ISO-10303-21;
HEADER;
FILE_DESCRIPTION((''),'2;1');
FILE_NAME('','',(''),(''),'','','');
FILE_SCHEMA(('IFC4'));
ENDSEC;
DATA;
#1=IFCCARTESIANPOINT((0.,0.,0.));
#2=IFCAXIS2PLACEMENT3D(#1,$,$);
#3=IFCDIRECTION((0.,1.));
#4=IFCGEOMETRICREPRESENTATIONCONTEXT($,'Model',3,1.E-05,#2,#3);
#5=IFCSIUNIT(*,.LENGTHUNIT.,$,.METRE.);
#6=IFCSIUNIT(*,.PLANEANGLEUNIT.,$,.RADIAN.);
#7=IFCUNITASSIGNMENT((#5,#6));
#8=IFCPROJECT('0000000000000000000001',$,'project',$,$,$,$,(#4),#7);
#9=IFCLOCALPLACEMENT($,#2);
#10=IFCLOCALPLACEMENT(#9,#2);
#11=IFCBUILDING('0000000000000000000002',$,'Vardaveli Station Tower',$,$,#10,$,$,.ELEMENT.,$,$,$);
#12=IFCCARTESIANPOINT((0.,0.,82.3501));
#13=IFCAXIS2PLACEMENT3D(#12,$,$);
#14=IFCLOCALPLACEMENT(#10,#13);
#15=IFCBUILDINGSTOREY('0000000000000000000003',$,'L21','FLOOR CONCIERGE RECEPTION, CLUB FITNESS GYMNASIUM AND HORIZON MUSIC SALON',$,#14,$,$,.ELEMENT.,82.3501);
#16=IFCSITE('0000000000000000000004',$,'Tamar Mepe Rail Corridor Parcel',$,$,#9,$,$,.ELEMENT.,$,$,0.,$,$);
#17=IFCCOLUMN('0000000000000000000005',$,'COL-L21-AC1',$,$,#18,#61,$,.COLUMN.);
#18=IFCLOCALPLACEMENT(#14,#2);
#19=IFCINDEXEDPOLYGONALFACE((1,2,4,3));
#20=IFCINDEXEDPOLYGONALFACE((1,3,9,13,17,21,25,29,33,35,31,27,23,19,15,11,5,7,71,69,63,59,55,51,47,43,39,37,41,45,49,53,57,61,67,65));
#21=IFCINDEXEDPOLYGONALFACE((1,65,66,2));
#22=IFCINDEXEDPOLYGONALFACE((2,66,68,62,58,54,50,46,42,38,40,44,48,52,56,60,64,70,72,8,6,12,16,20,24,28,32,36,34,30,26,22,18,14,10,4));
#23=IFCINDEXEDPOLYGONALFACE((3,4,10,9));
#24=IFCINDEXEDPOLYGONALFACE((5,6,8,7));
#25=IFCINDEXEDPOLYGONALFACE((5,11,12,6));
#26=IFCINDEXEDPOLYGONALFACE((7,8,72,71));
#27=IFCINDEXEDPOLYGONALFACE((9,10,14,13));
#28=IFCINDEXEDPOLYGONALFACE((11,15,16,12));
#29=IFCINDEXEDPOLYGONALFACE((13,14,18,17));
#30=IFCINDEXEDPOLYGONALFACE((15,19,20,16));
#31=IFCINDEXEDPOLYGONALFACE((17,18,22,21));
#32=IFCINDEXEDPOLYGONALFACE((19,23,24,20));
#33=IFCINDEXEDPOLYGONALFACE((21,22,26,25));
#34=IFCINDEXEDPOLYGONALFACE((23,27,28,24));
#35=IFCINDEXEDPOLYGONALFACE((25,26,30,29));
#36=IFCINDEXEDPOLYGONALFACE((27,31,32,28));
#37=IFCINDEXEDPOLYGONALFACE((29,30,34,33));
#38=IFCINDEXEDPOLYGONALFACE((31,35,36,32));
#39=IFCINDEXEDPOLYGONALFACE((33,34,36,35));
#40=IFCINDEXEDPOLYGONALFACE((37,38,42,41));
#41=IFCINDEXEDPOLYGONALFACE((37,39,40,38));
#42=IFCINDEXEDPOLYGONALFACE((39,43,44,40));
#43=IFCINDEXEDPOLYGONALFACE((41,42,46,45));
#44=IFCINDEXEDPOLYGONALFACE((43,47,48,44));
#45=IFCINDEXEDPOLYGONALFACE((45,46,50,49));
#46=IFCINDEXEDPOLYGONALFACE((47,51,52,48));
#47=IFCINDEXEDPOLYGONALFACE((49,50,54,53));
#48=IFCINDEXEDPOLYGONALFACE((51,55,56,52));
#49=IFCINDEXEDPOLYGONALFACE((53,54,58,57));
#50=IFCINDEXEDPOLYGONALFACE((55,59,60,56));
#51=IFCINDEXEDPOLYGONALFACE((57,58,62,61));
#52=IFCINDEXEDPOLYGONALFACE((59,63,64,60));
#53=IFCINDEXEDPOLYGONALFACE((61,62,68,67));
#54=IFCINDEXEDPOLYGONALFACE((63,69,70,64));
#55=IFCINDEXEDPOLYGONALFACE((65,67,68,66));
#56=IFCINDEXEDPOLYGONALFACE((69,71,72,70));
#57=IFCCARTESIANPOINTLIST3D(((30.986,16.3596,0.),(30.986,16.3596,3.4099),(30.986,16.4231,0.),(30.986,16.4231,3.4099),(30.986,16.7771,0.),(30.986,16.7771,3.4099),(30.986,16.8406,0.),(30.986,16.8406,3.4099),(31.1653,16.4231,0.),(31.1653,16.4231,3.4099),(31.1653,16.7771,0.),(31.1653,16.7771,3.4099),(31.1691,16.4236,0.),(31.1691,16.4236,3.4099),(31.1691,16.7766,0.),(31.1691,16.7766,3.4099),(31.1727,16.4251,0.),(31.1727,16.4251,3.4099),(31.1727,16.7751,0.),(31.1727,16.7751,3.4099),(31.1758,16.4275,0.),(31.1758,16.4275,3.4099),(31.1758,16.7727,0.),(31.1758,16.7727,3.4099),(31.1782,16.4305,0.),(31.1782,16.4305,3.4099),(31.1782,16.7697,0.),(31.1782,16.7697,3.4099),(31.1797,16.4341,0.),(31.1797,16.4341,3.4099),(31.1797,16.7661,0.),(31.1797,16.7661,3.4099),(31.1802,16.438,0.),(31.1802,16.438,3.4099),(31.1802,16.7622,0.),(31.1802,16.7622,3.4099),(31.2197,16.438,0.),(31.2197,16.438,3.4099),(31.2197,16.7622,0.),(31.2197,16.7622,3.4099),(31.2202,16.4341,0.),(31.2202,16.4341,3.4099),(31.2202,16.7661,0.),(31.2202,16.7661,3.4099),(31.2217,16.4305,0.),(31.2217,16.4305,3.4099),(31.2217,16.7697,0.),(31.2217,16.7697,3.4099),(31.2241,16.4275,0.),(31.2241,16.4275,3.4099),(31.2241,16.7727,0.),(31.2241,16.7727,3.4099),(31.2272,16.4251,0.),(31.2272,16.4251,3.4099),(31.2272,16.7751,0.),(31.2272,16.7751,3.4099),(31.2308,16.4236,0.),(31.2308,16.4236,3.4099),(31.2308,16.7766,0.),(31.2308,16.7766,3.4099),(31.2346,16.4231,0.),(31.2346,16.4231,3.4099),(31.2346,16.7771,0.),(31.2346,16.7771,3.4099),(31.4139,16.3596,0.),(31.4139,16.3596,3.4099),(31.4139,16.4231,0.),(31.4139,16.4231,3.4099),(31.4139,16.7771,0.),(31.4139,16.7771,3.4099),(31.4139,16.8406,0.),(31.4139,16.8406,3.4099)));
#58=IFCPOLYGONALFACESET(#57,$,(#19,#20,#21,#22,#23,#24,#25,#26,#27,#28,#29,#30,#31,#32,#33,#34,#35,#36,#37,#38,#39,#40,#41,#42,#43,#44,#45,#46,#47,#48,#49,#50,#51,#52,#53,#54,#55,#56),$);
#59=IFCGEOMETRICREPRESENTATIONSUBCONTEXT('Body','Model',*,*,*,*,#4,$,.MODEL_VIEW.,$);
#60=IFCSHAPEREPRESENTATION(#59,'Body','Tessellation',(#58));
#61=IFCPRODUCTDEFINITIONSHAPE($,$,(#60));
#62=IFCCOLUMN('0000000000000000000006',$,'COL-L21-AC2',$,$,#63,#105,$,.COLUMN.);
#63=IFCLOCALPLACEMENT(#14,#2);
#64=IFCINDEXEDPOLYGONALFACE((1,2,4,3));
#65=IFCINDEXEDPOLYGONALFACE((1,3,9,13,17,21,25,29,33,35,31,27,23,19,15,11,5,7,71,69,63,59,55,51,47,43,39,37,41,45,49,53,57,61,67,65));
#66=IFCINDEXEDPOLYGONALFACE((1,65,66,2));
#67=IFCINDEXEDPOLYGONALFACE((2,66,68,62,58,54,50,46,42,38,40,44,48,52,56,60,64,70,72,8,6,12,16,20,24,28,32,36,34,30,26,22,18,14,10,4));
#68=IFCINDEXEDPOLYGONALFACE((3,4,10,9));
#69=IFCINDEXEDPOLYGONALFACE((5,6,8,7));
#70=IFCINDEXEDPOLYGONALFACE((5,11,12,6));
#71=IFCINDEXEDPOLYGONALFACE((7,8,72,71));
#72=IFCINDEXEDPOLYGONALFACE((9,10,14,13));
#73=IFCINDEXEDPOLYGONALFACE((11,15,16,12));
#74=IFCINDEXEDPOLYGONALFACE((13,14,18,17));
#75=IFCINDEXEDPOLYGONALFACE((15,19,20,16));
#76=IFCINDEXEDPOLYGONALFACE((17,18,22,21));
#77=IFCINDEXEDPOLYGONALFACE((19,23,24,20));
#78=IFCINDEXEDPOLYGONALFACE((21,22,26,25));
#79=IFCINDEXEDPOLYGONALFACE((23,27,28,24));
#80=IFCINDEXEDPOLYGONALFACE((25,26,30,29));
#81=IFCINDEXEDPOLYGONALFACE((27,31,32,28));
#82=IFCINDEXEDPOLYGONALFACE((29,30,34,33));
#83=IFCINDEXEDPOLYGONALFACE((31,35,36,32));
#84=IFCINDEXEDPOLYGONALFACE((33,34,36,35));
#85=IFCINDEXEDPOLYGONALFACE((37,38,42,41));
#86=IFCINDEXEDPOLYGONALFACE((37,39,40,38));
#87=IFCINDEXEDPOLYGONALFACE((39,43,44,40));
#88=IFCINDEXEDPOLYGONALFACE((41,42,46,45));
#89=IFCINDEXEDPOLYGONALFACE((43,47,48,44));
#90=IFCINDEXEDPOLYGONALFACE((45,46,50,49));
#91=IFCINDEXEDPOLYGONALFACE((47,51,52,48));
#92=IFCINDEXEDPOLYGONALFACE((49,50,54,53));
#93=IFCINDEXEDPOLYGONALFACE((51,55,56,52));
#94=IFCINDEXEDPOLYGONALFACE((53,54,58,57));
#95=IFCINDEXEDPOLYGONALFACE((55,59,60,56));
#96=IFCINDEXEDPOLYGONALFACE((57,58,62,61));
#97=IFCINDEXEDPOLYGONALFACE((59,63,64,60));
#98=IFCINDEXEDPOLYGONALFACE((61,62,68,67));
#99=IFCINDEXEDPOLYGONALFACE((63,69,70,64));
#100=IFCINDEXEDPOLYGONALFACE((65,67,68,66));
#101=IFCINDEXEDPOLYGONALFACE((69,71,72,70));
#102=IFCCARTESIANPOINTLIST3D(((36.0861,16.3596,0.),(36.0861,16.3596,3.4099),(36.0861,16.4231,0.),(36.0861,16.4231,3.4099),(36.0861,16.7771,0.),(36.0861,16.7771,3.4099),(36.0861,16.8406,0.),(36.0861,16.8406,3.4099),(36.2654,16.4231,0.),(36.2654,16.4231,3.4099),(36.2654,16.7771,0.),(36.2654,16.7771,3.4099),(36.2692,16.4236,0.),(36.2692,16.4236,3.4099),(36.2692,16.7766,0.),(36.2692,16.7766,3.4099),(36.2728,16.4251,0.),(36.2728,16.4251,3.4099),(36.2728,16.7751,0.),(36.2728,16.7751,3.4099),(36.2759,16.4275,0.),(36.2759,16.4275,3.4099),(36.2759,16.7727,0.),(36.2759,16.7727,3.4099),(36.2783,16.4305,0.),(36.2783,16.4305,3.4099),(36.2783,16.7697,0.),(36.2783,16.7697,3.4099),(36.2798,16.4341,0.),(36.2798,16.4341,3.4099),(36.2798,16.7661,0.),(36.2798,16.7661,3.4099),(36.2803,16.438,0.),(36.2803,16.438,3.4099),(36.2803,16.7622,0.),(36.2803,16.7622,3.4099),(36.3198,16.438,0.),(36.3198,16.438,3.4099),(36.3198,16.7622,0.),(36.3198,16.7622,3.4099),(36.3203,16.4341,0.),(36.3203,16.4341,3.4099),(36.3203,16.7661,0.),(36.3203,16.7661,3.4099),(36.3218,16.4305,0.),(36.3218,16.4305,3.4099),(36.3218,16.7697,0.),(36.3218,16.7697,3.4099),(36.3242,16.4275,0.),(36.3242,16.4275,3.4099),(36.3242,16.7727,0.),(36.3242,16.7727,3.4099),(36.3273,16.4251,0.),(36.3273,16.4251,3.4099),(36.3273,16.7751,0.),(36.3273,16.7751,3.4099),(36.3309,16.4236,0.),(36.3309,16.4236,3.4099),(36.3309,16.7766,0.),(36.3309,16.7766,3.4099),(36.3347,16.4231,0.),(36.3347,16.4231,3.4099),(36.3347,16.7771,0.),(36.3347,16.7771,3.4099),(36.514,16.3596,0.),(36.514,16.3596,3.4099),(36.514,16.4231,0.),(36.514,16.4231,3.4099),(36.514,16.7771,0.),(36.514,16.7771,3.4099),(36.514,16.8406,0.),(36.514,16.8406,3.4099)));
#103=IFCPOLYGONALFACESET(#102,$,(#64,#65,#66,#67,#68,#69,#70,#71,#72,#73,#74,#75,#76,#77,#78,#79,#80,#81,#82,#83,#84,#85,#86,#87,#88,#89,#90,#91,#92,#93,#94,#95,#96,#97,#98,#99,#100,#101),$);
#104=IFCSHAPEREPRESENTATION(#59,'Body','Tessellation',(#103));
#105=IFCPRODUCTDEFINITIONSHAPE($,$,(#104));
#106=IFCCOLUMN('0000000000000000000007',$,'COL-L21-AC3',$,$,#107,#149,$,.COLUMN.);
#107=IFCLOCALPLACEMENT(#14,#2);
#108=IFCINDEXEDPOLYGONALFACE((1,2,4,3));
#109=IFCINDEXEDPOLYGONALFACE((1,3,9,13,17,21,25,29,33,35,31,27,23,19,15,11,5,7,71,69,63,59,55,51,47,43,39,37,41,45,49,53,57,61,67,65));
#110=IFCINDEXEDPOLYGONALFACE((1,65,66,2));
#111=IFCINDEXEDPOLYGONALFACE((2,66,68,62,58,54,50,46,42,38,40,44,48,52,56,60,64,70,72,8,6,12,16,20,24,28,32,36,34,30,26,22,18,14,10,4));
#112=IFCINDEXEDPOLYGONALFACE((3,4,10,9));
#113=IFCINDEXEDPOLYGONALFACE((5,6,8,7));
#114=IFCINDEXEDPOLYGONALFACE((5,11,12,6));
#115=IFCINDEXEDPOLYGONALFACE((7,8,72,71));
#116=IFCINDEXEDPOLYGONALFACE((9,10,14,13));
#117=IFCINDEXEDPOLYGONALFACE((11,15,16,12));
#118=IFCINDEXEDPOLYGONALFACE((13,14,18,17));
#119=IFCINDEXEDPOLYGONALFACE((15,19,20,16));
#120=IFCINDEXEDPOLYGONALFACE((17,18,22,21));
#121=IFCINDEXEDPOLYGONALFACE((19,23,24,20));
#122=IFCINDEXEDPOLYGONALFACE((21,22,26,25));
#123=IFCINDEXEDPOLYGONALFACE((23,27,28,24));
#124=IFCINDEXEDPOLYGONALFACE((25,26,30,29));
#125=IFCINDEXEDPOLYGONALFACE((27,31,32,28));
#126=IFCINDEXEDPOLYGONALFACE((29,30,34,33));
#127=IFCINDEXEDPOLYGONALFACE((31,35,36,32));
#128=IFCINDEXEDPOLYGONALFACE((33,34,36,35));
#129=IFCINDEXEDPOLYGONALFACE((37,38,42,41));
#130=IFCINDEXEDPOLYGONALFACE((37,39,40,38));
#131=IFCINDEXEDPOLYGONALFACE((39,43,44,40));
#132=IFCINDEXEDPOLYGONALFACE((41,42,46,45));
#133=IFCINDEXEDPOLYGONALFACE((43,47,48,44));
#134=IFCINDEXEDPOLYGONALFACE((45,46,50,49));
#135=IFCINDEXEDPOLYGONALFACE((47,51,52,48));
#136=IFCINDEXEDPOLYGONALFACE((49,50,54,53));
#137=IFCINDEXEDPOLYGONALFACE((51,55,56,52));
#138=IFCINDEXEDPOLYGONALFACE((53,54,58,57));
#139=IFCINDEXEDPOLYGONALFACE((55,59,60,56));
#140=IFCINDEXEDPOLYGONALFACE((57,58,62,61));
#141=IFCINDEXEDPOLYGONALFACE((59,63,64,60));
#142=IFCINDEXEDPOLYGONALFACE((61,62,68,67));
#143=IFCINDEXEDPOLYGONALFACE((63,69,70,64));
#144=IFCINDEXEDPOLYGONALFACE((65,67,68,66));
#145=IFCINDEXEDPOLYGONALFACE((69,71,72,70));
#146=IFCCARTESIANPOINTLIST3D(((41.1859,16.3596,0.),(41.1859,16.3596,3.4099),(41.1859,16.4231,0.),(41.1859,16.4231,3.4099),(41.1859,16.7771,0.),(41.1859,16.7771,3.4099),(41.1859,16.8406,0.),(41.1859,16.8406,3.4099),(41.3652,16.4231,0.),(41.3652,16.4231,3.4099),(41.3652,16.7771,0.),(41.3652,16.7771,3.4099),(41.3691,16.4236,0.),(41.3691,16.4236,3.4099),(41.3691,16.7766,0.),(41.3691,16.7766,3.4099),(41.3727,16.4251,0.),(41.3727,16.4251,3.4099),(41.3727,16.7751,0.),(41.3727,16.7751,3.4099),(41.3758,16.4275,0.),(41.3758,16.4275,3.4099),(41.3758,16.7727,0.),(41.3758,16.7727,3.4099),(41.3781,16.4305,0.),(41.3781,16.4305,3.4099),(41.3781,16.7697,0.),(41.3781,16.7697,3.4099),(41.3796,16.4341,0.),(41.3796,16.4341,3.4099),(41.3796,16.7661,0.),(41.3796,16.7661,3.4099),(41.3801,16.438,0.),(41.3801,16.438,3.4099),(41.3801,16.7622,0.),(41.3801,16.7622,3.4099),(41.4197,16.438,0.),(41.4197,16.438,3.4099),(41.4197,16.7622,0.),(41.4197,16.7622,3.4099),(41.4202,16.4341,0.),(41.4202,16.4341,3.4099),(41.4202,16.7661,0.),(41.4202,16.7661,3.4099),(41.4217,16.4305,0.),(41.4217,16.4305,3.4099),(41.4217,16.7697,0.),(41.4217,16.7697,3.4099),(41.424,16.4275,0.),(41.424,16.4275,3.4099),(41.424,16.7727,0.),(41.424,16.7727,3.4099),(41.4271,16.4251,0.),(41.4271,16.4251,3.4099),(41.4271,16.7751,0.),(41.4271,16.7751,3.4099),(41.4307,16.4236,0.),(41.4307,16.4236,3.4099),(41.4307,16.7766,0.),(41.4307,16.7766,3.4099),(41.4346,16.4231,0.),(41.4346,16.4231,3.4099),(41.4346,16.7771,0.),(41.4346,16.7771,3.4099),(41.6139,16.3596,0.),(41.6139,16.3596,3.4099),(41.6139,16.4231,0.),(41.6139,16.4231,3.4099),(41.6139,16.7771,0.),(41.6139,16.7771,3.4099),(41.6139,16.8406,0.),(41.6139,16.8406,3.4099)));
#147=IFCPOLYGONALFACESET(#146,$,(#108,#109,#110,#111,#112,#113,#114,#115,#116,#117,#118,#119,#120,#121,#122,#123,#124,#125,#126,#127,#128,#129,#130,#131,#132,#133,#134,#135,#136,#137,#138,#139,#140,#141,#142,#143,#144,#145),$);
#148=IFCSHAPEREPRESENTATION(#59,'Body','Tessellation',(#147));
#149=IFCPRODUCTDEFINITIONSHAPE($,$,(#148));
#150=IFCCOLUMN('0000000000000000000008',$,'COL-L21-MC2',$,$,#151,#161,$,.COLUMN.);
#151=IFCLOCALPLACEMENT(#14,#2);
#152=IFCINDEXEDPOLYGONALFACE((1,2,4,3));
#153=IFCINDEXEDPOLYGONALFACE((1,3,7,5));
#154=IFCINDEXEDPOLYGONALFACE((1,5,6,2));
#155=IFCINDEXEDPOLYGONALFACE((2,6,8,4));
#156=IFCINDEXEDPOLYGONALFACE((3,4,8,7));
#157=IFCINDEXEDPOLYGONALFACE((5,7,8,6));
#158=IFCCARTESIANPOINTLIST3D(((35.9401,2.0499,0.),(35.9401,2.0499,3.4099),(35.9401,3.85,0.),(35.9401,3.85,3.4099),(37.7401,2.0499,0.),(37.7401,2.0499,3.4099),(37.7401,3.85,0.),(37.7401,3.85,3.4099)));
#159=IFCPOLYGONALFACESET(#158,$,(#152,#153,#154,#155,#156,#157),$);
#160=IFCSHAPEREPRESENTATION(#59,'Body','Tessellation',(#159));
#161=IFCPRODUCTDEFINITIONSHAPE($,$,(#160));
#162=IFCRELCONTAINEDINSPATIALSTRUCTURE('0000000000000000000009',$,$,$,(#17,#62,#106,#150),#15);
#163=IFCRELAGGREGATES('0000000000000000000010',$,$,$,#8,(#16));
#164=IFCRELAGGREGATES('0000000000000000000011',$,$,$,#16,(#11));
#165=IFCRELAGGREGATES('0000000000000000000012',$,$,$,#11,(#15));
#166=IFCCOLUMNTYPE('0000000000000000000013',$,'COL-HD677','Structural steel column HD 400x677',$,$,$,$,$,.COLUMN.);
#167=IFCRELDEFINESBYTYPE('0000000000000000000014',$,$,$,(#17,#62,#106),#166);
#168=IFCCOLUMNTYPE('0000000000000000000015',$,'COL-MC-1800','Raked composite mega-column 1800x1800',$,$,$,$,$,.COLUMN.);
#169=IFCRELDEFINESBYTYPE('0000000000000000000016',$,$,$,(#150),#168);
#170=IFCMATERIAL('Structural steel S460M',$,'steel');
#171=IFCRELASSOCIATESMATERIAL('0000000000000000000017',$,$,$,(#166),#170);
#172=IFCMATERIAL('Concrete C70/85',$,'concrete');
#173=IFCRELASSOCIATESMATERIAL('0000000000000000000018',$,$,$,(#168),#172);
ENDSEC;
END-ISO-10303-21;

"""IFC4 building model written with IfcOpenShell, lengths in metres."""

from ifc_helpers import new_model, si_unit, direction, frame, origin, origin_2d, place, context, subcontext, project, spatial, rectangle, i_section, extrude, source, transform, mapped, material, material_profile, profile_set, type_object, element, save


model = new_model("IFC4")

# Units and contexts
model_context = context("Model", 3, precision=1e-05, world=origin(), true_north=direction((0.0, 1.0)))
body_context = subcontext(model_context, "Body", "Model", "MODEL_VIEW")
ifc_project = project(units=[si_unit("LENGTHUNIT", "METRE"), si_unit("PLANEANGLEUNIT", "RADIAN")], contexts=[model_context])

# Site, building, storey
site_placement = place(None, origin())
site = spatial("IfcSite", under=ifc_project, at=site_placement, Name="Tamar Mepe Rail Corridor Parcel", CompositionType="ELEMENT", RefElevation=0.0)
building_placement = place(site_placement, origin())
building = spatial("IfcBuilding", under=site, at=building_placement, Name="Vardaveli Station Tower", CompositionType="ELEMENT")
storey_placement = place(building_placement, frame((0.0, 0.0, 82.3501)))
storey = spatial("IfcBuildingStorey", under=building, at=storey_placement, Name="L21", Description="FLOOR CONCIERGE RECEPTION, CLUB FITNESS GYMNASIUM AND HORIZON MUSIC SALON", CompositionType="ELEMENT", Elevation=82.3501)

# Columns
ifc_material_1 = material(Name="Structural steel S460M", Category="steel")
ifc_material_profile_1 = material_profile(ifc_material_1, i_section(OverallWidth=0.428, OverallDepth=0.481, WebThickness=0.0396, FlangeThickness=0.0635, FilletRadius=0.0149, at=origin_2d()), Name="HD 400x677")
ifc_profile_set_1 = profile_set([ifc_material_profile_1], Name="Structural steel S460M")
column_type_1 = type_object("IfcColumnType", Name="COL-HD677", Description="Structural steel column HD 400x677", PredefinedType="COLUMN", material=ifc_profile_set_1)
shared_shape_1 = source(origin(), body_context, "Body", "SweptSolid", [
    extrude(i_section(OverallWidth=0.428, OverallDepth=0.481, WebThickness=0.0396, FlangeThickness=0.0635, FilletRadius=0.0149, at=origin_2d()), origin(), (0.0, 0.0, 1.0), 3.4099),
])
for number, where, z_axis, x_axis, name in (
    (1, (31.2, 16.6001, 0.0), (0.0, 0.0, 1.0), (1.0, 0.0, 0.0), "COL-L21-AC1"),
    (2, (36.3, 16.6001, 0.0), (0.0, 0.0, 1.0), (1.0, 0.0, 0.0), "COL-L21-AC2"),
    (3, (41.3999, 16.6001, 0.0), (0.0, 0.0, 1.0), (1.0, 0.0, 0.0), "COL-L21-AC3"),
):
    element("IfcColumn", number, at=place(storey_placement, frame(where, z_axis=z_axis, x_axis=x_axis)), inside=storey, type_object=column_type_1, Name=name, PredefinedType="COLUMN", context=body_context, shape_type="MappedRepresentation", body=[
        mapped(shared_shape_1, transform((0.0, 0.0, 0.0), scale=1.0)),
    ])
ifc_material_2 = material(Name="Concrete C70/85", Category="concrete")
ifc_material_profile_2 = material_profile(ifc_material_2, rectangle(XDim=1.8, YDim=1.8, at=origin_2d()), Name="MC 1800x1800")
ifc_profile_set_2 = profile_set([ifc_material_profile_2], Name="Concrete C70/85")
column_type_2 = type_object("IfcColumnType", Name="COL-MC-1800", Description="Raked composite mega-column 1800x1800", PredefinedType="COLUMN", material=ifc_profile_set_2)
shared_shape_2 = source(origin(), body_context, "Body", "SweptSolid", [
    extrude(rectangle(XDim=1.8, YDim=1.8, at=origin_2d()), origin(), (0.0, 0.0, 1.0), 3.4099),
])
column_placement = place(storey_placement, frame((36.8401, 2.95, 0.0), z_axis=(0.0, 0.0, 1.0), x_axis=(1.0, 0.0, 0.0)))
element("IfcColumn", 4, at=column_placement, inside=storey, type_object=column_type_2, Name="COL-L21-MC2", PredefinedType="COLUMN", context=body_context, shape_type="MappedRepresentation", body=[
    mapped(shared_shape_2, transform((0.0, 0.0, 0.0), scale=1.0)),
])

save(model, "model.ifc")
